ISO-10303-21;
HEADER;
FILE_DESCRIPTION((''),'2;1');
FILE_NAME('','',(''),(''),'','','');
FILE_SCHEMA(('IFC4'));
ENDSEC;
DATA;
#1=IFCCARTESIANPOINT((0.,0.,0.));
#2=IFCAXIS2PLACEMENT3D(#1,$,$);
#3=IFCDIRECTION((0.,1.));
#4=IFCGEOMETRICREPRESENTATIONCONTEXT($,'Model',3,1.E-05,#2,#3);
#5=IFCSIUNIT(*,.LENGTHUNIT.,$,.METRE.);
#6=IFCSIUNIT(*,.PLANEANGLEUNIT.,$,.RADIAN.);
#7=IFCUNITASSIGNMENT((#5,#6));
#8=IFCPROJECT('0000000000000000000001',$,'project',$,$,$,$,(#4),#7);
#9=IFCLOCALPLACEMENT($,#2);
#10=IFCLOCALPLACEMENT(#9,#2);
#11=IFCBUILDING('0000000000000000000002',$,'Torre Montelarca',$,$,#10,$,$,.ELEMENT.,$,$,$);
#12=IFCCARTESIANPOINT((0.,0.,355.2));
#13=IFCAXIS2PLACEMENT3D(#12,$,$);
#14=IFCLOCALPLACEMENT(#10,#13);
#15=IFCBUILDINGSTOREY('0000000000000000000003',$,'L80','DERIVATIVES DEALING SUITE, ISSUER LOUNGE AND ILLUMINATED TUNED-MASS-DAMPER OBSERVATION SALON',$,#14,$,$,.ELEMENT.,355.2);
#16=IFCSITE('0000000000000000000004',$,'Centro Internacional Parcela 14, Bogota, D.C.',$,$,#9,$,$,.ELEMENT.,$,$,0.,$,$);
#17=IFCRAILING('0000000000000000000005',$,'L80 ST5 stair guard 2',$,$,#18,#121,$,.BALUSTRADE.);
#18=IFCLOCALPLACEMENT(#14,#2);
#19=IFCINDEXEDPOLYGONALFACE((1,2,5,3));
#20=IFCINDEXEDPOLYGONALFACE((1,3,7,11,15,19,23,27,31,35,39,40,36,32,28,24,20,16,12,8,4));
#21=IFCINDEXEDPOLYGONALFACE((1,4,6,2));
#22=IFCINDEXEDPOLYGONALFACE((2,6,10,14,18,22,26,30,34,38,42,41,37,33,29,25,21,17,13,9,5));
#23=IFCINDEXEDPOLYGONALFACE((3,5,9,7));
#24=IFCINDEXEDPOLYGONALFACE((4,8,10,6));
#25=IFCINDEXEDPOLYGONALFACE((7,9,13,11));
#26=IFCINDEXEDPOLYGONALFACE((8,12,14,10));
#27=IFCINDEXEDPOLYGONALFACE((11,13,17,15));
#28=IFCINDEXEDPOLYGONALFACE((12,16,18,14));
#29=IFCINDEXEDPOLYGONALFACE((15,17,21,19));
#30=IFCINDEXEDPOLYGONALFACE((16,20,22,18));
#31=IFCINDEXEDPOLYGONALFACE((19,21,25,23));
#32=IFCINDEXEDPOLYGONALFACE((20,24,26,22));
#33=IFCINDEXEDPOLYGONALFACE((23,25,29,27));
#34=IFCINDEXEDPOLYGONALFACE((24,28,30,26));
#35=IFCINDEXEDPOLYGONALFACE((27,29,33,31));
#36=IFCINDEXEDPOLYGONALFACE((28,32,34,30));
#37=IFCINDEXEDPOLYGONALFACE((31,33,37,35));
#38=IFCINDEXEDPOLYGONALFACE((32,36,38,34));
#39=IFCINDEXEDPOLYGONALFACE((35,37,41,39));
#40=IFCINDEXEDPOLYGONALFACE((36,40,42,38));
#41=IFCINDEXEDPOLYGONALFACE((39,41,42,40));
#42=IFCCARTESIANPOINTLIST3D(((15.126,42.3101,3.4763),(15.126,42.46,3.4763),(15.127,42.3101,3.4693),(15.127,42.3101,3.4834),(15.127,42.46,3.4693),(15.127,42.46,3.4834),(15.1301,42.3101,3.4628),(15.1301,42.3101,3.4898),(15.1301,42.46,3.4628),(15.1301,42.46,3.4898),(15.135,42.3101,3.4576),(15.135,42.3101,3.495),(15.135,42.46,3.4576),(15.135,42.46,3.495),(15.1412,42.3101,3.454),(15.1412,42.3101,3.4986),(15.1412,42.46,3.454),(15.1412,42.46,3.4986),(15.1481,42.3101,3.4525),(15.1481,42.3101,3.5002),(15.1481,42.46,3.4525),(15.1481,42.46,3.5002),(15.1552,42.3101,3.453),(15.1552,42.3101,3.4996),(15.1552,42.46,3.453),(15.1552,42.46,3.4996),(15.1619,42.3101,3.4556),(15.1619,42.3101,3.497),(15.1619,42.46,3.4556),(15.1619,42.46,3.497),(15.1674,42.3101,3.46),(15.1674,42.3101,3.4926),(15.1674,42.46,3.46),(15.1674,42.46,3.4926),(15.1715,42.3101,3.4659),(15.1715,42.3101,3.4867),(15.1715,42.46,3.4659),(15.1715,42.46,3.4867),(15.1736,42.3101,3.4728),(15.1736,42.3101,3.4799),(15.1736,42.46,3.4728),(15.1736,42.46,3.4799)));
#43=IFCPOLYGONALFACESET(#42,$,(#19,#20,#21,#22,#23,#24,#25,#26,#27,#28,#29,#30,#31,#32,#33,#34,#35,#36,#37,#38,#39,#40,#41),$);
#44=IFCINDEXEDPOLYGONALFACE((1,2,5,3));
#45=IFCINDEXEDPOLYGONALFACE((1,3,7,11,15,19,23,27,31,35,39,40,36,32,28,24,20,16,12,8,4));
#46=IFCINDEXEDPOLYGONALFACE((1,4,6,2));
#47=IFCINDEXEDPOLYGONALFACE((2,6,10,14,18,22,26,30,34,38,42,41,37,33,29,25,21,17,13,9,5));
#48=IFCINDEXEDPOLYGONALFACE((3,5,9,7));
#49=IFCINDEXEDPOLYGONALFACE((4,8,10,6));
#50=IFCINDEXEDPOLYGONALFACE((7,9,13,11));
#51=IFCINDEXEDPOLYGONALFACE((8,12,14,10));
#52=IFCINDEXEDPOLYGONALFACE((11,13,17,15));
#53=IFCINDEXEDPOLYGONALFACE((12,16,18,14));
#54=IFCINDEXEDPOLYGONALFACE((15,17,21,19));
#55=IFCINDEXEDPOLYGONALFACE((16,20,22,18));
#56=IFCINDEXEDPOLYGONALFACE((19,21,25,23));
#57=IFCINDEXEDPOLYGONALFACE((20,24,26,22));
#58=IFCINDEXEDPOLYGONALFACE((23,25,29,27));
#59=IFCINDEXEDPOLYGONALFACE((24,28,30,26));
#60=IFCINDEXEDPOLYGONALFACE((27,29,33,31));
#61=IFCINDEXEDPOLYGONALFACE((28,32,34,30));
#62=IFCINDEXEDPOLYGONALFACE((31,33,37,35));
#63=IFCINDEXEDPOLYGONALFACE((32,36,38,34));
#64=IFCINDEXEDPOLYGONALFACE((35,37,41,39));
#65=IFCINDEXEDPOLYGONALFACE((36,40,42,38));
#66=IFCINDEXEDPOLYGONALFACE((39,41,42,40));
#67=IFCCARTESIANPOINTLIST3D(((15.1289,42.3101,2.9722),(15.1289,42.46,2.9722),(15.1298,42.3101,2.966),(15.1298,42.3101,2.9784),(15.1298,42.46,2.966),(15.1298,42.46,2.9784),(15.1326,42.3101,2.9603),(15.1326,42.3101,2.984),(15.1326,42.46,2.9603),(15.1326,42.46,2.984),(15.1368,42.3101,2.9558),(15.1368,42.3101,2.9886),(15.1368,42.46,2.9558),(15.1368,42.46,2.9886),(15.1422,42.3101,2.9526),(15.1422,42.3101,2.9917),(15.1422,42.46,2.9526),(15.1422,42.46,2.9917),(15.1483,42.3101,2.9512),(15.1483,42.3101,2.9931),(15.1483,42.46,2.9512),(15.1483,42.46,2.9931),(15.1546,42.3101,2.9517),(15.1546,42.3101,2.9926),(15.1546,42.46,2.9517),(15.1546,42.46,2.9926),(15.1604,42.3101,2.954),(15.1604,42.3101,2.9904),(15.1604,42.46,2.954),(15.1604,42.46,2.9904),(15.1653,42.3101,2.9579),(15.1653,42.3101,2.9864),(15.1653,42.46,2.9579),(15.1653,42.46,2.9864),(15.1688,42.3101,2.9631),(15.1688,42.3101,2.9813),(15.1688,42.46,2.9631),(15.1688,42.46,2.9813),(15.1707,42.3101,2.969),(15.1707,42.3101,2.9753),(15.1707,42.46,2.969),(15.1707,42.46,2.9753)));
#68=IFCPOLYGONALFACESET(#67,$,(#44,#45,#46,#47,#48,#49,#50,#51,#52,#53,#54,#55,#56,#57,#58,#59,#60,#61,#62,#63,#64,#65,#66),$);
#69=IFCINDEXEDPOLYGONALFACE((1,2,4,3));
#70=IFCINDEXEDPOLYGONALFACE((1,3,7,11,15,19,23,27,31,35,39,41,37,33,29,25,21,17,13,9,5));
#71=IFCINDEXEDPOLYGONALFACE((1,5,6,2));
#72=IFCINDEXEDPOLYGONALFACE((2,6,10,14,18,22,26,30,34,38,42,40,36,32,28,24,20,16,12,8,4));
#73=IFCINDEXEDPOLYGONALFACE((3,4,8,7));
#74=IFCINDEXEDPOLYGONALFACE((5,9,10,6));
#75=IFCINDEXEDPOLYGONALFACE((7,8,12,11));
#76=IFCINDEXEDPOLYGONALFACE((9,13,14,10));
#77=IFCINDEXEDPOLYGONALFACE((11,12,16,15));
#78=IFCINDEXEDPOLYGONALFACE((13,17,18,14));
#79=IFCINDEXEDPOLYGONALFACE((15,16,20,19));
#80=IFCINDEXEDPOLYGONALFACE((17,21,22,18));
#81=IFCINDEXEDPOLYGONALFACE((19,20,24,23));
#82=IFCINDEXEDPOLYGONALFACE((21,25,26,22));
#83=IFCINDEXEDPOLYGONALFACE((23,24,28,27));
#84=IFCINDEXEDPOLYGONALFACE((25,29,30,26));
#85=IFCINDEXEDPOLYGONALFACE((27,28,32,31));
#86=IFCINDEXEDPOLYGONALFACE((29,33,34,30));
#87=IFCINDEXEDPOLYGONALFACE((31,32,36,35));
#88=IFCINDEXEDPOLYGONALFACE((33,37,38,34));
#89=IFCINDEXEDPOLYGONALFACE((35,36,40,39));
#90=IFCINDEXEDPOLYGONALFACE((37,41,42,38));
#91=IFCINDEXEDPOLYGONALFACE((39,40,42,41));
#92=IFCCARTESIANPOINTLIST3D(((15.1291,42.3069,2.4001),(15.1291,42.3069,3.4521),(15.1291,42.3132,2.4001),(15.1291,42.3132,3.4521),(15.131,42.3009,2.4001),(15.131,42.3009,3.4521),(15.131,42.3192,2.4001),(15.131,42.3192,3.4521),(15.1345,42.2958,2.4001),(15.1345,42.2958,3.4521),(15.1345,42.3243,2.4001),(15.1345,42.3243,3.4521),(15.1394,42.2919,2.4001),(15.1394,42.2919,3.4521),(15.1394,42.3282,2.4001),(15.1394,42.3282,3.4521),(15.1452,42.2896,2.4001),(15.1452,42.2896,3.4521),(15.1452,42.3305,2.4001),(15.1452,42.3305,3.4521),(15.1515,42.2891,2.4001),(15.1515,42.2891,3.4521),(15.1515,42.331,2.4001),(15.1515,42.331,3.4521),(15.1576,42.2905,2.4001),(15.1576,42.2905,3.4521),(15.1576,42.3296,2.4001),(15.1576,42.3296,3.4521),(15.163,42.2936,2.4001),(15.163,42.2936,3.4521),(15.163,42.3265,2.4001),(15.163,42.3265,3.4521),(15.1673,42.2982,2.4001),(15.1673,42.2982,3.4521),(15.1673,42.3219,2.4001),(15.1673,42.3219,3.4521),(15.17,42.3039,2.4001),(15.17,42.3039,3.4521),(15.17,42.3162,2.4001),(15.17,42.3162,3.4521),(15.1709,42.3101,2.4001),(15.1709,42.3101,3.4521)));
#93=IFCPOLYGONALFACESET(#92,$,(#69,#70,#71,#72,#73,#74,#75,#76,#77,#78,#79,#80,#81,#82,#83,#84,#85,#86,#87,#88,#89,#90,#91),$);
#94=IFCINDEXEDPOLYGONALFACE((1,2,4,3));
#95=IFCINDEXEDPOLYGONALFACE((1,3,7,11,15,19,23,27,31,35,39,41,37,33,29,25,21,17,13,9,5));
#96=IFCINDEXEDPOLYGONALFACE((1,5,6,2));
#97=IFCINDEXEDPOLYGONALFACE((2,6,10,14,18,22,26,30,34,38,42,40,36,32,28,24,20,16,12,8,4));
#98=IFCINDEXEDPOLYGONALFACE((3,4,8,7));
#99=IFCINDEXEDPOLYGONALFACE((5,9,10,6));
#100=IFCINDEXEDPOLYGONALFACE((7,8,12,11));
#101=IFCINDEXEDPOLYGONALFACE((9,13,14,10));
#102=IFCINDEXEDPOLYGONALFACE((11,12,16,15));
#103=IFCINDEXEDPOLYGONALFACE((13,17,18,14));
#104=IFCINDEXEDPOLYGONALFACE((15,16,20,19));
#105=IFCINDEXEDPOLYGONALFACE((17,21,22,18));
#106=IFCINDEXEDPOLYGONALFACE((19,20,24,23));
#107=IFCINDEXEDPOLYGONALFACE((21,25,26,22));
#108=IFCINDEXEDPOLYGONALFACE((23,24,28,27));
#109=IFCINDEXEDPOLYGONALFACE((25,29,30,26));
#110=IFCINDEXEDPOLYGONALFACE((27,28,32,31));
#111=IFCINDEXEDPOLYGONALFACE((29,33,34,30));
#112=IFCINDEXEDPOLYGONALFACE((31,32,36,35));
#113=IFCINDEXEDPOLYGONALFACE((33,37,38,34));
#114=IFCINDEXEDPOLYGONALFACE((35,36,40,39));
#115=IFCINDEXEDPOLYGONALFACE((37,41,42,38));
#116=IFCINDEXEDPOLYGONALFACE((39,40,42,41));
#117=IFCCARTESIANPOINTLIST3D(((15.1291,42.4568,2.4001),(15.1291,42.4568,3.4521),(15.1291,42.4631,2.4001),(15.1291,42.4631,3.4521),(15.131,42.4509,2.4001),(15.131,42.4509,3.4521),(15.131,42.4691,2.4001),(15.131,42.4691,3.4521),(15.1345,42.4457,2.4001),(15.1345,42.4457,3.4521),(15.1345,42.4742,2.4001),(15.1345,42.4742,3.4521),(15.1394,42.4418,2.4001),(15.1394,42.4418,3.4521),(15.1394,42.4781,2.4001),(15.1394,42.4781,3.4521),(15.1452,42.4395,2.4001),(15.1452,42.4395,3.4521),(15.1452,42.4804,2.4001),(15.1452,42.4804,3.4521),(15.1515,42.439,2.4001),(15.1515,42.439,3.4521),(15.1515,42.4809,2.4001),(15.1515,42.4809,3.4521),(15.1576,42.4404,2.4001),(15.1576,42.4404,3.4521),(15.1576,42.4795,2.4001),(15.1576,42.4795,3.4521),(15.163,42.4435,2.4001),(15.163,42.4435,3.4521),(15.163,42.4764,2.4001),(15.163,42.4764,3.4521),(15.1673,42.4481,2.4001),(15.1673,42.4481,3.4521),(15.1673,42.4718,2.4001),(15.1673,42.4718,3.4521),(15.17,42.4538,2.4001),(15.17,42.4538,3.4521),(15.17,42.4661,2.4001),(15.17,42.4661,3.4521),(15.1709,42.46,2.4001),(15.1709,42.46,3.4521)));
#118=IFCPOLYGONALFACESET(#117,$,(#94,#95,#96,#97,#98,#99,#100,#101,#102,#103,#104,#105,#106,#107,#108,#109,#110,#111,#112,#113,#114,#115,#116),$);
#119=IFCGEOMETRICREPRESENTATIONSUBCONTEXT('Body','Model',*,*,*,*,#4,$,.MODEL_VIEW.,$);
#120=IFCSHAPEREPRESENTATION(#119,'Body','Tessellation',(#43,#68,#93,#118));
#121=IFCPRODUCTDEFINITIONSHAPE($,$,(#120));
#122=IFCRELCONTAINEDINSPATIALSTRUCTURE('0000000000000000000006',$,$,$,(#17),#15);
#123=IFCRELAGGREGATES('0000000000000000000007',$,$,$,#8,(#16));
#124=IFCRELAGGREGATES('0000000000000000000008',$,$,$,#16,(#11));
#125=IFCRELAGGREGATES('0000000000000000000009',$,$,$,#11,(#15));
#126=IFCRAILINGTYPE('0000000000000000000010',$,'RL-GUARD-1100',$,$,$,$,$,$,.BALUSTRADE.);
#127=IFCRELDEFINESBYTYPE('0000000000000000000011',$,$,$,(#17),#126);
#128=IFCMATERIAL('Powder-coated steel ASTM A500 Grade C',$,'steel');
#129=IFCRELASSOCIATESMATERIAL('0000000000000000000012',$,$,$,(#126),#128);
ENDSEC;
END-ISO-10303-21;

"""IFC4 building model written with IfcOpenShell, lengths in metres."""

from ifc_helpers import new_model, si_unit, direction, frame, origin, origin_2d, place, context, subcontext, project, spatial, circle, extrude, material, type_object, element, save


model = new_model("IFC4")

# Units and contexts
model_context = context("Model", 3, precision=1e-05, world=origin(), true_north=direction((0.0, 1.0)))
body_context = subcontext(model_context, "Body", "Model", "MODEL_VIEW")
ifc_project = project(units=[si_unit("LENGTHUNIT", "METRE"), si_unit("PLANEANGLEUNIT", "RADIAN")], contexts=[model_context])

# Site, building, storey
site_placement = place(None, origin())
site = spatial("IfcSite", under=ifc_project, at=site_placement, Name="Centro Internacional Parcela 14, Bogota, D.C.", CompositionType="ELEMENT", RefElevation=0.0)
building_placement = place(site_placement, origin())
building = spatial("IfcBuilding", under=site, at=building_placement, Name="Torre Montelarca", CompositionType="ELEMENT")
storey_placement = place(building_placement, frame((0.0, 0.0, 355.2)))
storey = spatial("IfcBuildingStorey", under=building, at=storey_placement, Name="L80", Description="DERIVATIVES DEALING SUITE, ISSUER LOUNGE AND ILLUMINATED TUNED-MASS-DAMPER OBSERVATION SALON", CompositionType="ELEMENT", Elevation=355.2)

# Railing
ifc_material_1 = material(Name="Powder-coated steel ASTM A500 Grade C", Category="steel")
railing_type_1 = type_object("IfcRailingType", Name="RL-GUARD-1100", PredefinedType="BALUSTRADE", material=ifc_material_1)
railing_1_placement = place(storey_placement, frame((15.1499, 42.3101, 2.4001)))
element("IfcRailing", 1, at=railing_1_placement, inside=storey, type_object=railing_type_1, Name="L80 ST5 stair guard 2", PredefinedType="BALUSTRADE", context=body_context, shape_type="SweptSolid", body=[
    extrude(circle(Radius=0.0239, at=origin_2d()), frame((0.0, 0.0, 1.0762), z_axis=(0.0, 1.0, 0.0), x_axis=(-1.0, 0.0, 0.0)), (0.0, 0.0, 1.0), 0.1499),
    extrude(circle(Radius=0.021, at=origin_2d()), frame((0.0, 0.0, 0.572), z_axis=(0.0, 1.0, 0.0), x_axis=(-1.0, 0.0, 0.0)), (0.0, 0.0, 1.0), 0.1499),
    extrude(circle(Radius=0.021, at=origin_2d()), origin(), (0.0, 0.0, 1.0), 1.052),
    extrude(circle(Radius=0.021, at=origin_2d()), frame((0.0, 0.1499, 0.0)), (0.0, 0.0, 1.0), 1.052),
])

save(model, "model.ifc")
